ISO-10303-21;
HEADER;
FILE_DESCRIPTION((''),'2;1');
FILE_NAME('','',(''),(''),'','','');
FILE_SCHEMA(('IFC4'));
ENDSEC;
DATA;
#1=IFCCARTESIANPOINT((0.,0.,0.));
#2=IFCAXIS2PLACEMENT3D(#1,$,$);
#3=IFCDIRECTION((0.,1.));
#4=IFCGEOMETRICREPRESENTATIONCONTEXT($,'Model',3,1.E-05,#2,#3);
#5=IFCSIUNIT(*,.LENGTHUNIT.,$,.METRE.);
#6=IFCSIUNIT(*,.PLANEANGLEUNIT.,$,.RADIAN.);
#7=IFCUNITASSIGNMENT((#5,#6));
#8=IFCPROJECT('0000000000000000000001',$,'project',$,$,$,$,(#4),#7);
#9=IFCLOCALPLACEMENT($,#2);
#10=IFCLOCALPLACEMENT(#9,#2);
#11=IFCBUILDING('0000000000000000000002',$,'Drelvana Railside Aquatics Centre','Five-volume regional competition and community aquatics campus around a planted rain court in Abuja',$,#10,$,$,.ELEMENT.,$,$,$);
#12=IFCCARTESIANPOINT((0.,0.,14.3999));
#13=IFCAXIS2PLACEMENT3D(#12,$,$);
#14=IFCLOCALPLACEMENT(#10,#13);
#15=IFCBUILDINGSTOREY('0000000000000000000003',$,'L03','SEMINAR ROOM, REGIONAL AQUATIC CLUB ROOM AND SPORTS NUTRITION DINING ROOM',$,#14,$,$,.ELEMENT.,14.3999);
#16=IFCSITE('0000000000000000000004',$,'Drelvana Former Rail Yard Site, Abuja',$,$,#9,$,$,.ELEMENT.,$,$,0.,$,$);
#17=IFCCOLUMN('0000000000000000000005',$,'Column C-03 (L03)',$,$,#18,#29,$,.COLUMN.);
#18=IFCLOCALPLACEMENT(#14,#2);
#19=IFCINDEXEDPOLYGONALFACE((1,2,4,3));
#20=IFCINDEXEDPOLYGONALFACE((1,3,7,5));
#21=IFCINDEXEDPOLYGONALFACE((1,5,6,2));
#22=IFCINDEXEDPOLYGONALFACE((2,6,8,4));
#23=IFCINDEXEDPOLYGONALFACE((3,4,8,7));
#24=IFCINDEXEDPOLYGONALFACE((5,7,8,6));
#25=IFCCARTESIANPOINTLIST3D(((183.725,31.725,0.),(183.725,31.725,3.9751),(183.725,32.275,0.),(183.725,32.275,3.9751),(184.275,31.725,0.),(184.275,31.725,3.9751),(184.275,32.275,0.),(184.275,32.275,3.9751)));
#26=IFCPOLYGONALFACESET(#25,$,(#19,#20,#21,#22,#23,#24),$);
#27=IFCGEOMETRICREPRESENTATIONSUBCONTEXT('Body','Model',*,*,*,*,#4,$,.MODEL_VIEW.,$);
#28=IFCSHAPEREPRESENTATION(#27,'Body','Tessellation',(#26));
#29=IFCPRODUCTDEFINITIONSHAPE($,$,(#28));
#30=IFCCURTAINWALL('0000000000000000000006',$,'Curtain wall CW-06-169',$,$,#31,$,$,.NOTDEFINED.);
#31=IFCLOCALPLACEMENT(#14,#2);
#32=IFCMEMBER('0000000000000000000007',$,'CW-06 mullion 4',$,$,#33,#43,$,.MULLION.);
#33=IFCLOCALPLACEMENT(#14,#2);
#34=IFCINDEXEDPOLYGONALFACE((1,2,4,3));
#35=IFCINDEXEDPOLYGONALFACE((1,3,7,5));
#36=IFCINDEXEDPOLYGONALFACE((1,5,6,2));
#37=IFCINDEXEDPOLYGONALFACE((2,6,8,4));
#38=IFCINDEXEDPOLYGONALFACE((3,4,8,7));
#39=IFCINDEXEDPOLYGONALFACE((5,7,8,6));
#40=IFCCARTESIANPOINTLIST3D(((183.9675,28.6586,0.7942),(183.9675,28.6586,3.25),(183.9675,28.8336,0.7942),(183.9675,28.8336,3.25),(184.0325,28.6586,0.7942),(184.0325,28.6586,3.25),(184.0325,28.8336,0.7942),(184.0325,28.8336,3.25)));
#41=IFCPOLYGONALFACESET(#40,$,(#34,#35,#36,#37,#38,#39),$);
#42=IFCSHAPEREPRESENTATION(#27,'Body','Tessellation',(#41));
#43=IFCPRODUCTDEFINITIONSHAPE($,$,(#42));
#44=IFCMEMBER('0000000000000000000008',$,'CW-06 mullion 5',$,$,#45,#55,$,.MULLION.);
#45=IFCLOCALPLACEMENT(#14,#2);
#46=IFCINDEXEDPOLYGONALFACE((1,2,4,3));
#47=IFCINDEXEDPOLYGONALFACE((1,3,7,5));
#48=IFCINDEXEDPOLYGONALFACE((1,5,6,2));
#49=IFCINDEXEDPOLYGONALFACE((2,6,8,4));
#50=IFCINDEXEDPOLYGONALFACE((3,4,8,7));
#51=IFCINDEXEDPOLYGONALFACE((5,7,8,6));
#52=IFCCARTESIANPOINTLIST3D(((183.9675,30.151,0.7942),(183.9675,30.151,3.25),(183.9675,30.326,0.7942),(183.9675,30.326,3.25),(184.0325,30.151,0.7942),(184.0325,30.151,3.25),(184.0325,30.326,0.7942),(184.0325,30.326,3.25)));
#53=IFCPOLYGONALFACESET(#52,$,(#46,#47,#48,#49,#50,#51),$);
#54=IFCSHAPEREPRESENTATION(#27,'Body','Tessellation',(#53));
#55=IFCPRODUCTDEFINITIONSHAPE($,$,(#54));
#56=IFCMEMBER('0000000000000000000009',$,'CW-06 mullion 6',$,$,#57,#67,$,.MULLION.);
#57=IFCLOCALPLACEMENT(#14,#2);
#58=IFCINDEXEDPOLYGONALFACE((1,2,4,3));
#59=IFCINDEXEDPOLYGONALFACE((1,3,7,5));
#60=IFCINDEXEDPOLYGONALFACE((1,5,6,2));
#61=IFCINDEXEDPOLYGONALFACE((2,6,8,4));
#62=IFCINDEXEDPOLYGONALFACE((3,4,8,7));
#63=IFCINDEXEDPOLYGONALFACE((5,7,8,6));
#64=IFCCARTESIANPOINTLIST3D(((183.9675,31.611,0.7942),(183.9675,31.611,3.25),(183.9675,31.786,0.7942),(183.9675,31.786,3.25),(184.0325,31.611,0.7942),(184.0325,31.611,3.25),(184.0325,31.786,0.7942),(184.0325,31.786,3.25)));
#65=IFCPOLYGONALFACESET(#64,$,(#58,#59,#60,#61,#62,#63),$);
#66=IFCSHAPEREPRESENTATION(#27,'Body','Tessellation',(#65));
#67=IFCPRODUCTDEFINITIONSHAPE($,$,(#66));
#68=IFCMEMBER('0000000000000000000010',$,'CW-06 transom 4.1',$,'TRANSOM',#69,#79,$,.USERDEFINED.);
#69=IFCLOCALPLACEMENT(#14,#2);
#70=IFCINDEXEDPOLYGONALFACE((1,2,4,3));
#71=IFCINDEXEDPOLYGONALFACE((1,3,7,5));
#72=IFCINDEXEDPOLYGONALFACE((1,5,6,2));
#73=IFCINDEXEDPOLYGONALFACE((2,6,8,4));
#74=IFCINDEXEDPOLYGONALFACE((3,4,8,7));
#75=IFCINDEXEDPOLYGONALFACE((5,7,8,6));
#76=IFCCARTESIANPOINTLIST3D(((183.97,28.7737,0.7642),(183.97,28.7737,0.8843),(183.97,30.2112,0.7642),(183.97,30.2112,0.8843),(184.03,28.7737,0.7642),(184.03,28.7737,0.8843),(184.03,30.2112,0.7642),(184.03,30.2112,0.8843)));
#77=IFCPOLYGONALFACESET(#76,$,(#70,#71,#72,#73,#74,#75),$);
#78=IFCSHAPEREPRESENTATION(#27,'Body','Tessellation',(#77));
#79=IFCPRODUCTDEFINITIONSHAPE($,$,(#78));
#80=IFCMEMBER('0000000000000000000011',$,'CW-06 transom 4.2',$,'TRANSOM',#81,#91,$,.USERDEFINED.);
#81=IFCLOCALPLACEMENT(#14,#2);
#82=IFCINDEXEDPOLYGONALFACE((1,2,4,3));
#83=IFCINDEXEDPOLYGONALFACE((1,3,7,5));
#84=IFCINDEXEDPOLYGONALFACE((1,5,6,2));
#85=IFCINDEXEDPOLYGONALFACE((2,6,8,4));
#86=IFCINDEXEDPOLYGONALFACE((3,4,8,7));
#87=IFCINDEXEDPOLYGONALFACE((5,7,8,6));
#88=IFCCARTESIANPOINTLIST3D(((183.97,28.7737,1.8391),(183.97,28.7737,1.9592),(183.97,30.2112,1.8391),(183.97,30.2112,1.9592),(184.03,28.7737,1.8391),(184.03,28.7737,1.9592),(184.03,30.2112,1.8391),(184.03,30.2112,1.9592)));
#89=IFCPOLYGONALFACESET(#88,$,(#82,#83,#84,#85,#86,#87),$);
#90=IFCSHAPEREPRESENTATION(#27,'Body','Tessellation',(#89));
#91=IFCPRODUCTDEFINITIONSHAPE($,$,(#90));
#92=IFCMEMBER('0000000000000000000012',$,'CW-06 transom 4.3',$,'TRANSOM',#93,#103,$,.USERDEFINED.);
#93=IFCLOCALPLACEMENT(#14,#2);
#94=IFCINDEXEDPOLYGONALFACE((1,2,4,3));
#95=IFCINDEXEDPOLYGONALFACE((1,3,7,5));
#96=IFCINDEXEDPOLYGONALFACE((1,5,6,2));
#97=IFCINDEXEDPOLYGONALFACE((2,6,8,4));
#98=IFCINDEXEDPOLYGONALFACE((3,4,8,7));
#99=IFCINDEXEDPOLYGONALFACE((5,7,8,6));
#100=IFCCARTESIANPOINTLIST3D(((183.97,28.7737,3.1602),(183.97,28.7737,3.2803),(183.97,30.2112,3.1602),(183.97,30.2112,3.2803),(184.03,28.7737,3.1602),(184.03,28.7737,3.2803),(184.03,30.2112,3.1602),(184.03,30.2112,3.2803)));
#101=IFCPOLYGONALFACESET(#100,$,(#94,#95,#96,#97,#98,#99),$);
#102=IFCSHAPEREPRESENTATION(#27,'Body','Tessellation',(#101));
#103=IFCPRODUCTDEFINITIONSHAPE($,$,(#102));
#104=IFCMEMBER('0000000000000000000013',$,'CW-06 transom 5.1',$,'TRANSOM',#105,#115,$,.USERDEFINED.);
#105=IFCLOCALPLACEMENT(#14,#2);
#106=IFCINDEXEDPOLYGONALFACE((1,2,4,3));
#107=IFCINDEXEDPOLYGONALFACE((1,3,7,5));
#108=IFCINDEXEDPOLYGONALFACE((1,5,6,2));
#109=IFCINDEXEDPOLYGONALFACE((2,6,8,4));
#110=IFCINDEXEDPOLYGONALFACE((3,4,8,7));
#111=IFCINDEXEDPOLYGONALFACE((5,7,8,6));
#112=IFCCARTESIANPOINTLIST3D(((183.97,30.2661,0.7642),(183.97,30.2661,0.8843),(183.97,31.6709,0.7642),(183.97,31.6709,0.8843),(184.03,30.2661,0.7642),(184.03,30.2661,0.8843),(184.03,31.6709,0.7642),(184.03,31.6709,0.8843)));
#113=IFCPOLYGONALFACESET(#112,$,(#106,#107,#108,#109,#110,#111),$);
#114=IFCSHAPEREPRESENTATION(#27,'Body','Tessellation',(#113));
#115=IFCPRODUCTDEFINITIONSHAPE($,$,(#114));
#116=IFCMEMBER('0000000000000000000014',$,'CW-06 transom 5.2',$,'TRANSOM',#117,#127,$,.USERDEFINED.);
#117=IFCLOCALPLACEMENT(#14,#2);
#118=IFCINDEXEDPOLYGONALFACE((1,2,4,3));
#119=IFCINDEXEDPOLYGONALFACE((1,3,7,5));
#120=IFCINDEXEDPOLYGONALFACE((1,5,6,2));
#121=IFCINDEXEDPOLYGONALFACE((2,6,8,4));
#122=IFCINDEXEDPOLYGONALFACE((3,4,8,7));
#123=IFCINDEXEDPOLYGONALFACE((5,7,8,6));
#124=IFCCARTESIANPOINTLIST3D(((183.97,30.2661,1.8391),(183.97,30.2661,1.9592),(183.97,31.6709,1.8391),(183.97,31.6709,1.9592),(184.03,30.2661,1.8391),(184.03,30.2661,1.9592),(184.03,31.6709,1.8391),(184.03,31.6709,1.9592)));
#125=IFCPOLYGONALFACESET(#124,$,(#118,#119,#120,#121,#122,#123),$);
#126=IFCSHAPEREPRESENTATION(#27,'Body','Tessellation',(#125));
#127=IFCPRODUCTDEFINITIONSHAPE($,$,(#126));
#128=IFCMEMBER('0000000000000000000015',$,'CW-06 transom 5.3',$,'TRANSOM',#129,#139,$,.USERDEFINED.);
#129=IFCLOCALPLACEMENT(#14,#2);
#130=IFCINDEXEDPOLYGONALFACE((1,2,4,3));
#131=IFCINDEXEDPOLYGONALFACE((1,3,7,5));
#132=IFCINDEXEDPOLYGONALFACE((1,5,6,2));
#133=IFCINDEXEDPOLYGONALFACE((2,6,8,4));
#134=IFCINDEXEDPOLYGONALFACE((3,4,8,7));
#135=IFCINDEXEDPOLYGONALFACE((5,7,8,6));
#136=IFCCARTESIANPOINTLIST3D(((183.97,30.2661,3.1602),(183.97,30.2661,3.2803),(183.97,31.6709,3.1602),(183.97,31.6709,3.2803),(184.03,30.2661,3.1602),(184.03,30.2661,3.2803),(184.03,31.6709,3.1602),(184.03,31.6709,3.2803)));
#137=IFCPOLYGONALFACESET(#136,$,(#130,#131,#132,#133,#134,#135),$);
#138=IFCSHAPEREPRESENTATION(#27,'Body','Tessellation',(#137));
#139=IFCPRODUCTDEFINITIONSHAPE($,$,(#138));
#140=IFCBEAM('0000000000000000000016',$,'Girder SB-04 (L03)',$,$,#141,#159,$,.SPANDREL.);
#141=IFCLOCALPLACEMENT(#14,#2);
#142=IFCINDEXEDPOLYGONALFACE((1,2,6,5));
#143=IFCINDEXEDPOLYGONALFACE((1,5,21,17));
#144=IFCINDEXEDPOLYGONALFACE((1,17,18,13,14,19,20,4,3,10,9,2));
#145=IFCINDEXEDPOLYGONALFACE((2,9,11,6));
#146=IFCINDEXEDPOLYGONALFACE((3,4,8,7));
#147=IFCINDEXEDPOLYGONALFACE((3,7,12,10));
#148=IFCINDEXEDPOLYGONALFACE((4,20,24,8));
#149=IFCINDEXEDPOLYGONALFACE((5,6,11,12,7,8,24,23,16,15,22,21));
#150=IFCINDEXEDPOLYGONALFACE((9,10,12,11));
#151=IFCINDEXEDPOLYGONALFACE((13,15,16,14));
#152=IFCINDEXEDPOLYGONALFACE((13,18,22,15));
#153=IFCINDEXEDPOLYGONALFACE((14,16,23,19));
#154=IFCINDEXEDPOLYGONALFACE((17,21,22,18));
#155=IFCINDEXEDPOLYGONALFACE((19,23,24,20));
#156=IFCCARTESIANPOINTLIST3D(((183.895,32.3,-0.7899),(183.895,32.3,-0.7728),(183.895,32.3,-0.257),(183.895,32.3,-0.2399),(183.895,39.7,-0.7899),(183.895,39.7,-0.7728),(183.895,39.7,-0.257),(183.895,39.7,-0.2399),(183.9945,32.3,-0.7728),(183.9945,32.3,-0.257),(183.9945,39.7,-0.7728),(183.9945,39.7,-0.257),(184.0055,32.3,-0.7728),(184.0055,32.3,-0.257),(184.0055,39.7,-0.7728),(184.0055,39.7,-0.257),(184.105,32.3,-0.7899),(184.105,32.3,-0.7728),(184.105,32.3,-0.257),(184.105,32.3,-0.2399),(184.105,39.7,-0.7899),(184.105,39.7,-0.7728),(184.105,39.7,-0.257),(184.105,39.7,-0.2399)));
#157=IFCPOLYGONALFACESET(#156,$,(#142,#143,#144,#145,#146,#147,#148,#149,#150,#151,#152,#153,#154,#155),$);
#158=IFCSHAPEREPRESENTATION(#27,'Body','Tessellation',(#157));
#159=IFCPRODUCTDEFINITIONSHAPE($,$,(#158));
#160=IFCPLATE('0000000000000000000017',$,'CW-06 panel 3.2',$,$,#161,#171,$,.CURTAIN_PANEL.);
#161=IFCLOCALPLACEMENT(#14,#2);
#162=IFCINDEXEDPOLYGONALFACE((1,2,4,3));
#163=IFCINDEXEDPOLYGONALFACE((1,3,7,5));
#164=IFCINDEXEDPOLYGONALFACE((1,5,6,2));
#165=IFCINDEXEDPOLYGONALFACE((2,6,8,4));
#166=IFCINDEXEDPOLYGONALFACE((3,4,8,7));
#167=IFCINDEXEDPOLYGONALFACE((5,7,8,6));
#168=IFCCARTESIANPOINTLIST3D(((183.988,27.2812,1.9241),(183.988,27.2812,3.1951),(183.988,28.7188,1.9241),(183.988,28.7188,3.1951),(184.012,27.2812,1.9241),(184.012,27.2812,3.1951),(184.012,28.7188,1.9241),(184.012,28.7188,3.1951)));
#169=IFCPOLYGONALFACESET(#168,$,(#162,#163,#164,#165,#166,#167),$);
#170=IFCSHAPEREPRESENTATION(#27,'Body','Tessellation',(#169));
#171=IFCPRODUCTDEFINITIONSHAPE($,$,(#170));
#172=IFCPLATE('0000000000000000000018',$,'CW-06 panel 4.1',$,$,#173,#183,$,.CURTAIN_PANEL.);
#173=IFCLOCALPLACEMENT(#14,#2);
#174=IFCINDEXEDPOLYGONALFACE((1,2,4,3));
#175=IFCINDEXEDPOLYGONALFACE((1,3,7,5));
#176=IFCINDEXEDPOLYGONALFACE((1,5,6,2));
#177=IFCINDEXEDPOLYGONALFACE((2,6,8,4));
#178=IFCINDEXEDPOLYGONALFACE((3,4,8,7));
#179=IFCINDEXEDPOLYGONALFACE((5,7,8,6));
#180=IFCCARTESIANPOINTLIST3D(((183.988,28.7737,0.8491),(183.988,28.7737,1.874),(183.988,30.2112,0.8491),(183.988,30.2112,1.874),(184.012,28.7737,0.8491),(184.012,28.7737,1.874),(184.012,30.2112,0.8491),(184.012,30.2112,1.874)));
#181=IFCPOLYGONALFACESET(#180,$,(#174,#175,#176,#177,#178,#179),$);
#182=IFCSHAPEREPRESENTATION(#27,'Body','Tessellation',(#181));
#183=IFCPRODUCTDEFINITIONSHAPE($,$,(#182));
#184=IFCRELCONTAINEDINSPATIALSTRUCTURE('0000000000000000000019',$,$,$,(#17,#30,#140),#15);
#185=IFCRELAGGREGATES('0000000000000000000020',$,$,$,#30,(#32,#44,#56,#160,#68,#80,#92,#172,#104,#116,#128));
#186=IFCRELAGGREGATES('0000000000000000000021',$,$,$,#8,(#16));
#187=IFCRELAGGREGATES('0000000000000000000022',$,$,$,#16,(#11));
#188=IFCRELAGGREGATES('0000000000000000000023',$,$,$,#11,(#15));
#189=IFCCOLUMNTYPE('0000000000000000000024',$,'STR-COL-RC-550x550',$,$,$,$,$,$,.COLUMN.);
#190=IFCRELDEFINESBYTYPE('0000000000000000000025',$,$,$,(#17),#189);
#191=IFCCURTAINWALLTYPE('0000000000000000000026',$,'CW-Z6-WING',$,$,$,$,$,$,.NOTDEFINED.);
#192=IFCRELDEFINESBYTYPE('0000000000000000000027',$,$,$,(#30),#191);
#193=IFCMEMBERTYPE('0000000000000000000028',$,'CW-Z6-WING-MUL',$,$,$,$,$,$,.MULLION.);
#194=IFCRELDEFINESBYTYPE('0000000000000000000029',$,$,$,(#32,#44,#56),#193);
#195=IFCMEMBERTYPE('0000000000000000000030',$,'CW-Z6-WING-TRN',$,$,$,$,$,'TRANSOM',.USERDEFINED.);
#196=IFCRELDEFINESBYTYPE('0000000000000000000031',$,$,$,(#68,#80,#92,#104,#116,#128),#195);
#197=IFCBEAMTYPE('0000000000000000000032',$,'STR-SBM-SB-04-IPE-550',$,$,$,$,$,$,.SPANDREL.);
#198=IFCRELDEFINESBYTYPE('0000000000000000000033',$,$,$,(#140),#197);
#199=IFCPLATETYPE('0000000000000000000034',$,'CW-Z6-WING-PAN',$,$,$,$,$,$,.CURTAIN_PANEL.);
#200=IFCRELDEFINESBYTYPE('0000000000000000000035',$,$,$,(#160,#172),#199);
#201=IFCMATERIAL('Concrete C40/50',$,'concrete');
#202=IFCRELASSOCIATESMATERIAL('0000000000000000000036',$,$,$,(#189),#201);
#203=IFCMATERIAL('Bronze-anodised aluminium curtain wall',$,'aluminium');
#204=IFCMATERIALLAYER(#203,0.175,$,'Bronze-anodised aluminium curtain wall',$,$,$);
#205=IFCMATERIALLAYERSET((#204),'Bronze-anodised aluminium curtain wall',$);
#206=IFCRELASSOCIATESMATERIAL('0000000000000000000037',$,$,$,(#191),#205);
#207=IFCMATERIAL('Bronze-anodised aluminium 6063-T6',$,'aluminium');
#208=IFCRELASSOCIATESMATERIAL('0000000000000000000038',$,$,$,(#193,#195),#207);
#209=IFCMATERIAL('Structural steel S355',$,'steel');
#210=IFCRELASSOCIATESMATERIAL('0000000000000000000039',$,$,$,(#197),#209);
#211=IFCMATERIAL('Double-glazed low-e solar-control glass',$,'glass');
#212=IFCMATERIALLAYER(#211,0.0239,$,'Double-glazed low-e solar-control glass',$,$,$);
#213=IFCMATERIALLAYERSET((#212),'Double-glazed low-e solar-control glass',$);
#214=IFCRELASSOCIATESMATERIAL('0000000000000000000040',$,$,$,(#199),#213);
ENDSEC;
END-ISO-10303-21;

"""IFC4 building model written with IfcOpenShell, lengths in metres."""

from ifc_helpers import new_model, si_unit, direction, frame, origin, origin_2d, place, context, subcontext, project, spatial, rectangle, i_section, extrude, material, layer, layer_set, material_profile, profile_set, type_object, element, aggregate, save


model = new_model("IFC4")

# Units and contexts
model_context = context("Model", 3, precision=1e-05, world=origin(), true_north=direction((0.0, 1.0)))
body_context = subcontext(model_context, "Body", "Model", "MODEL_VIEW")
ifc_project = project(units=[si_unit("LENGTHUNIT", "METRE"), si_unit("PLANEANGLEUNIT", "RADIAN")], contexts=[model_context])

# Site, building, storey
site_placement = place(None, origin())
site = spatial("IfcSite", under=ifc_project, at=site_placement, Name="Drelvana Former Rail Yard Site, Abuja", CompositionType="ELEMENT", RefElevation=0.0)
building_placement = place(site_placement, origin())
building = spatial("IfcBuilding", under=site, at=building_placement, Name="Drelvana Railside Aquatics Centre", Description="Five-volume regional competition and community aquatics campus around a planted rain court in Abuja", CompositionType="ELEMENT")
storey_placement = place(building_placement, frame((0.0, 0.0, 14.3999)))
storey = spatial("IfcBuildingStorey", under=building, at=storey_placement, Name="L03", Description="SEMINAR ROOM, REGIONAL AQUATIC CLUB ROOM AND SPORTS NUTRITION DINING ROOM", CompositionType="ELEMENT", Elevation=14.3999)

# Column
ifc_material_1 = material(Name="Concrete C40/50", Category="concrete")
ifc_material_profile_1 = material_profile(ifc_material_1, rectangle(XDim=0.55, YDim=0.55, at=origin_2d()), Name="RC 550x550")
ifc_profile_set_1 = profile_set([ifc_material_profile_1], Name="Concrete C40/50")
column_type = type_object("IfcColumnType", Name="STR-COL-RC-550x550", PredefinedType="COLUMN", material=ifc_profile_set_1)
column_placement = place(storey_placement, frame((184.0, 32.0, 0.0), z_axis=(0.0, 0.0, 1.0), x_axis=(1.0, 0.0, 0.0)))
element("IfcColumn", 1, at=column_placement, inside=storey, type_object=column_type, Name="Column C-03 (L03)", PredefinedType="COLUMN", context=body_context, shape_type="SweptSolid", body=[
    extrude(rectangle(XDim=0.55, YDim=0.55, at=origin_2d()), origin(), (0.0, 0.0, 1.0), 3.9751),
])

# Curtain wall, members
ifc_material_2 = material(Name="Bronze-anodised aluminium curtain wall", Category="aluminium")
ifc_layer_1 = layer(ifc_material_2, 0.175, Name="Bronze-anodised aluminium curtain wall")
ifc_layer_set_1 = layer_set([ifc_layer_1], Name="Bronze-anodised aluminium curtain wall")
curtain_wall_type = type_object("IfcCurtainWallType", Name="CW-Z6-WING", PredefinedType="NOTDEFINED", material=ifc_layer_set_1)
curtain_wall_placement = place(storey_placement, origin())
curtain_wall = element("IfcCurtainWall", 2, at=curtain_wall_placement, inside=storey, type_object=curtain_wall_type, Name="Curtain wall CW-06-169", PredefinedType="NOTDEFINED")
ifc_material_3 = material(Name="Bronze-anodised aluminium 6063-T6", Category="aluminium")
ifc_material_profile_2 = material_profile(ifc_material_3, rectangle(XDim=0.0649, YDim=0.175, at=origin_2d()), Name="ALU-M 65x175")
ifc_profile_set_2 = profile_set([ifc_material_profile_2], Name="Bronze-anodised aluminium 6063-T6")
member_type_1 = type_object("IfcMemberType", Name="CW-Z6-WING-MUL", PredefinedType="MULLION", material=ifc_profile_set_2)
member_1_placement = place(storey_placement, frame((184.0, 28.7461, 0.7942), z_axis=(0.0, 0.0, 1.0), x_axis=(-1.0, 0.0, 0.0)))
member_1 = element("IfcMember", 3, at=member_1_placement, type_object=member_type_1, Name="CW-06 mullion 4", PredefinedType="MULLION", context=body_context, shape_type="SweptSolid", body=[
    extrude(rectangle(XDim=0.0649, YDim=0.175, at=origin_2d()), origin(), (0.0, 0.0, 1.0), 2.4558),
])
member_2_placement = place(storey_placement, frame((184.0, 30.2385, 0.7942), z_axis=(0.0, 0.0, 1.0), x_axis=(-1.0, 0.0, 0.0)))
member_2 = element("IfcMember", 4, at=member_2_placement, type_object=member_type_1, Name="CW-06 mullion 5", PredefinedType="MULLION", context=body_context, shape_type="SweptSolid", body=[
    extrude(rectangle(XDim=0.0649, YDim=0.175, at=origin_2d()), origin(), (0.0, 0.0, 1.0), 2.4558),
])
member_3_placement = place(storey_placement, frame((184.0, 31.6985, 0.7942), z_axis=(0.0, 0.0, 1.0), x_axis=(-1.0, 0.0, 0.0)))
member_3 = element("IfcMember", 5, at=member_3_placement, type_object=member_type_1, Name="CW-06 mullion 6", PredefinedType="MULLION", context=body_context, shape_type="SweptSolid", body=[
    extrude(rectangle(XDim=0.0649, YDim=0.175, at=origin_2d()), origin(), (0.0, 0.0, 1.0), 2.4558),
])
ifc_material_profile_3 = material_profile(ifc_material_3, rectangle(XDim=0.1201, YDim=0.0601, at=origin_2d()), Name="ALU-T 60x120")
ifc_profile_set_3 = profile_set([ifc_material_profile_3], Name="Bronze-anodised aluminium 6063-T6")
member_type_2 = type_object("IfcMemberType", Name="CW-Z6-WING-TRN", ElementType="TRANSOM", PredefinedType="USERDEFINED", material=ifc_profile_set_3)
member_4_placement = place(storey_placement, frame((184.0, 28.7737, 0.8242), z_axis=(0.0, 1.0, 0.0), x_axis=(0.0, 0.0, 1.0)))
member_4 = element("IfcMember", 6, at=member_4_placement, type_object=member_type_2, Name="CW-06 transom 4.1", ObjectType="TRANSOM", PredefinedType="USERDEFINED", context=body_context, shape_type="SweptSolid", body=[
    extrude(rectangle(XDim=0.1201, YDim=0.0601, at=origin_2d()), origin(), (0.0, 0.0, 1.0), 1.4375),
])
member_5_placement = place(storey_placement, frame((184.0, 28.7737, 1.8992), z_axis=(0.0, 1.0, 0.0), x_axis=(0.0, 0.0, 1.0)))
member_5 = element("IfcMember", 7, at=member_5_placement, type_object=member_type_2, Name="CW-06 transom 4.2", ObjectType="TRANSOM", PredefinedType="USERDEFINED", context=body_context, shape_type="SweptSolid", body=[
    extrude(rectangle(XDim=0.1201, YDim=0.0601, at=origin_2d()), origin(), (0.0, 0.0, 1.0), 1.4375),
])
member_6_placement = place(storey_placement, frame((184.0, 28.7737, 3.2202), z_axis=(0.0, 1.0, 0.0), x_axis=(0.0, 0.0, 1.0)))
member_6 = element("IfcMember", 8, at=member_6_placement, type_object=member_type_2, Name="CW-06 transom 4.3", ObjectType="TRANSOM", PredefinedType="USERDEFINED", context=body_context, shape_type="SweptSolid", body=[
    extrude(rectangle(XDim=0.1201, YDim=0.0601, at=origin_2d()), origin(), (0.0, 0.0, 1.0), 1.4375),
])
member_7_placement = place(storey_placement, frame((184.0, 30.2661, 0.8242), z_axis=(0.0, 1.0, 0.0), x_axis=(0.0, 0.0, 1.0)))
member_7 = element("IfcMember", 9, at=member_7_placement, type_object=member_type_2, Name="CW-06 transom 5.1", ObjectType="TRANSOM", PredefinedType="USERDEFINED", context=body_context, shape_type="SweptSolid", body=[
    extrude(rectangle(XDim=0.1201, YDim=0.0601, at=origin_2d()), origin(), (0.0, 0.0, 1.0), 1.4048),
])
member_8_placement = place(storey_placement, frame((184.0, 30.2661, 1.8992), z_axis=(0.0, 1.0, 0.0), x_axis=(0.0, 0.0, 1.0)))
member_8 = element("IfcMember", 10, at=member_8_placement, type_object=member_type_2, Name="CW-06 transom 5.2", ObjectType="TRANSOM", PredefinedType="USERDEFINED", context=body_context, shape_type="SweptSolid", body=[
    extrude(rectangle(XDim=0.1201, YDim=0.0601, at=origin_2d()), origin(), (0.0, 0.0, 1.0), 1.4048),
])
member_9_placement = place(storey_placement, frame((184.0, 30.2661, 3.2202), z_axis=(0.0, 1.0, 0.0), x_axis=(0.0, 0.0, 1.0)))
member_9 = element("IfcMember", 11, at=member_9_placement, type_object=member_type_2, Name="CW-06 transom 5.3", ObjectType="TRANSOM", PredefinedType="USERDEFINED", context=body_context, shape_type="SweptSolid", body=[
    extrude(rectangle(XDim=0.1201, YDim=0.0601, at=origin_2d()), origin(), (0.0, 0.0, 1.0), 1.4048),
])

# Beam
ifc_material_4 = material(Name="Structural steel S355", Category="steel")
ifc_material_profile_4 = material_profile(ifc_material_4, i_section(OverallWidth=0.21, OverallDepth=0.55, WebThickness=0.011, FlangeThickness=0.0171, at=origin_2d()), Name="IPE 550")
ifc_profile_set_4 = profile_set([ifc_material_profile_4], Name="Structural steel S355")
beam_type = type_object("IfcBeamType", Name="STR-SBM-SB-04-IPE-550", PredefinedType="SPANDREL", material=ifc_profile_set_4)
beam_placement = place(storey_placement, frame((184.0, 32.3, -0.5149), z_axis=(0.0, 1.0, 0.0), x_axis=(-1.0, 0.0, 0.0)))
element("IfcBeam", 12, at=beam_placement, inside=storey, type_object=beam_type, Name="Girder SB-04 (L03)", PredefinedType="SPANDREL", context=body_context, shape_type="SweptSolid", body=[
    extrude(i_section(OverallWidth=0.21, OverallDepth=0.55, WebThickness=0.011, FlangeThickness=0.0171, at=origin_2d()), origin(), (0.0, 0.0, 1.0), 7.3999),
])

# Plates
ifc_material_5 = material(Name="Double-glazed low-e solar-control glass", Category="glass")
ifc_layer_2 = layer(ifc_material_5, 0.0239, Name="Double-glazed low-e solar-control glass")
ifc_layer_set_2 = layer_set([ifc_layer_2], Name="Double-glazed low-e solar-control glass")
plate_type = type_object("IfcPlateType", Name="CW-Z6-WING-PAN", PredefinedType="CURTAIN_PANEL", material=ifc_layer_set_2)
plate_1_placement = place(storey_placement, frame((184.0, 28.0, 1.9241), z_axis=(0.0, 0.0, 1.0), x_axis=(0.0, 1.0, 0.0)))
plate_1 = element("IfcPlate", 13, at=plate_1_placement, type_object=plate_type, Name="CW-06 panel 3.2", PredefinedType="CURTAIN_PANEL", context=body_context, shape_type="SweptSolid", body=[
    extrude(rectangle(XDim=1.4375, YDim=0.0239, at=origin_2d()), origin(), (0.0, 0.0, 1.0), 1.271),
])
plate_2_placement = place(storey_placement, frame((184.0, 29.4924, 0.8491), z_axis=(0.0, 0.0, 1.0), x_axis=(0.0, 1.0, 0.0)))
plate_2 = element("IfcPlate", 14, at=plate_2_placement, type_object=plate_type, Name="CW-06 panel 4.1", PredefinedType="CURTAIN_PANEL", context=body_context, shape_type="SweptSolid", body=[
    extrude(rectangle(XDim=1.4375, YDim=0.0239, at=origin_2d()), origin(), (0.0, 0.0, 1.0), 1.0249),
])
aggregate(curtain_wall, [member_1, member_2, member_3, plate_1, member_4, member_5, member_6, plate_2, member_7, member_8, member_9])

save(model, "model.ifc")
